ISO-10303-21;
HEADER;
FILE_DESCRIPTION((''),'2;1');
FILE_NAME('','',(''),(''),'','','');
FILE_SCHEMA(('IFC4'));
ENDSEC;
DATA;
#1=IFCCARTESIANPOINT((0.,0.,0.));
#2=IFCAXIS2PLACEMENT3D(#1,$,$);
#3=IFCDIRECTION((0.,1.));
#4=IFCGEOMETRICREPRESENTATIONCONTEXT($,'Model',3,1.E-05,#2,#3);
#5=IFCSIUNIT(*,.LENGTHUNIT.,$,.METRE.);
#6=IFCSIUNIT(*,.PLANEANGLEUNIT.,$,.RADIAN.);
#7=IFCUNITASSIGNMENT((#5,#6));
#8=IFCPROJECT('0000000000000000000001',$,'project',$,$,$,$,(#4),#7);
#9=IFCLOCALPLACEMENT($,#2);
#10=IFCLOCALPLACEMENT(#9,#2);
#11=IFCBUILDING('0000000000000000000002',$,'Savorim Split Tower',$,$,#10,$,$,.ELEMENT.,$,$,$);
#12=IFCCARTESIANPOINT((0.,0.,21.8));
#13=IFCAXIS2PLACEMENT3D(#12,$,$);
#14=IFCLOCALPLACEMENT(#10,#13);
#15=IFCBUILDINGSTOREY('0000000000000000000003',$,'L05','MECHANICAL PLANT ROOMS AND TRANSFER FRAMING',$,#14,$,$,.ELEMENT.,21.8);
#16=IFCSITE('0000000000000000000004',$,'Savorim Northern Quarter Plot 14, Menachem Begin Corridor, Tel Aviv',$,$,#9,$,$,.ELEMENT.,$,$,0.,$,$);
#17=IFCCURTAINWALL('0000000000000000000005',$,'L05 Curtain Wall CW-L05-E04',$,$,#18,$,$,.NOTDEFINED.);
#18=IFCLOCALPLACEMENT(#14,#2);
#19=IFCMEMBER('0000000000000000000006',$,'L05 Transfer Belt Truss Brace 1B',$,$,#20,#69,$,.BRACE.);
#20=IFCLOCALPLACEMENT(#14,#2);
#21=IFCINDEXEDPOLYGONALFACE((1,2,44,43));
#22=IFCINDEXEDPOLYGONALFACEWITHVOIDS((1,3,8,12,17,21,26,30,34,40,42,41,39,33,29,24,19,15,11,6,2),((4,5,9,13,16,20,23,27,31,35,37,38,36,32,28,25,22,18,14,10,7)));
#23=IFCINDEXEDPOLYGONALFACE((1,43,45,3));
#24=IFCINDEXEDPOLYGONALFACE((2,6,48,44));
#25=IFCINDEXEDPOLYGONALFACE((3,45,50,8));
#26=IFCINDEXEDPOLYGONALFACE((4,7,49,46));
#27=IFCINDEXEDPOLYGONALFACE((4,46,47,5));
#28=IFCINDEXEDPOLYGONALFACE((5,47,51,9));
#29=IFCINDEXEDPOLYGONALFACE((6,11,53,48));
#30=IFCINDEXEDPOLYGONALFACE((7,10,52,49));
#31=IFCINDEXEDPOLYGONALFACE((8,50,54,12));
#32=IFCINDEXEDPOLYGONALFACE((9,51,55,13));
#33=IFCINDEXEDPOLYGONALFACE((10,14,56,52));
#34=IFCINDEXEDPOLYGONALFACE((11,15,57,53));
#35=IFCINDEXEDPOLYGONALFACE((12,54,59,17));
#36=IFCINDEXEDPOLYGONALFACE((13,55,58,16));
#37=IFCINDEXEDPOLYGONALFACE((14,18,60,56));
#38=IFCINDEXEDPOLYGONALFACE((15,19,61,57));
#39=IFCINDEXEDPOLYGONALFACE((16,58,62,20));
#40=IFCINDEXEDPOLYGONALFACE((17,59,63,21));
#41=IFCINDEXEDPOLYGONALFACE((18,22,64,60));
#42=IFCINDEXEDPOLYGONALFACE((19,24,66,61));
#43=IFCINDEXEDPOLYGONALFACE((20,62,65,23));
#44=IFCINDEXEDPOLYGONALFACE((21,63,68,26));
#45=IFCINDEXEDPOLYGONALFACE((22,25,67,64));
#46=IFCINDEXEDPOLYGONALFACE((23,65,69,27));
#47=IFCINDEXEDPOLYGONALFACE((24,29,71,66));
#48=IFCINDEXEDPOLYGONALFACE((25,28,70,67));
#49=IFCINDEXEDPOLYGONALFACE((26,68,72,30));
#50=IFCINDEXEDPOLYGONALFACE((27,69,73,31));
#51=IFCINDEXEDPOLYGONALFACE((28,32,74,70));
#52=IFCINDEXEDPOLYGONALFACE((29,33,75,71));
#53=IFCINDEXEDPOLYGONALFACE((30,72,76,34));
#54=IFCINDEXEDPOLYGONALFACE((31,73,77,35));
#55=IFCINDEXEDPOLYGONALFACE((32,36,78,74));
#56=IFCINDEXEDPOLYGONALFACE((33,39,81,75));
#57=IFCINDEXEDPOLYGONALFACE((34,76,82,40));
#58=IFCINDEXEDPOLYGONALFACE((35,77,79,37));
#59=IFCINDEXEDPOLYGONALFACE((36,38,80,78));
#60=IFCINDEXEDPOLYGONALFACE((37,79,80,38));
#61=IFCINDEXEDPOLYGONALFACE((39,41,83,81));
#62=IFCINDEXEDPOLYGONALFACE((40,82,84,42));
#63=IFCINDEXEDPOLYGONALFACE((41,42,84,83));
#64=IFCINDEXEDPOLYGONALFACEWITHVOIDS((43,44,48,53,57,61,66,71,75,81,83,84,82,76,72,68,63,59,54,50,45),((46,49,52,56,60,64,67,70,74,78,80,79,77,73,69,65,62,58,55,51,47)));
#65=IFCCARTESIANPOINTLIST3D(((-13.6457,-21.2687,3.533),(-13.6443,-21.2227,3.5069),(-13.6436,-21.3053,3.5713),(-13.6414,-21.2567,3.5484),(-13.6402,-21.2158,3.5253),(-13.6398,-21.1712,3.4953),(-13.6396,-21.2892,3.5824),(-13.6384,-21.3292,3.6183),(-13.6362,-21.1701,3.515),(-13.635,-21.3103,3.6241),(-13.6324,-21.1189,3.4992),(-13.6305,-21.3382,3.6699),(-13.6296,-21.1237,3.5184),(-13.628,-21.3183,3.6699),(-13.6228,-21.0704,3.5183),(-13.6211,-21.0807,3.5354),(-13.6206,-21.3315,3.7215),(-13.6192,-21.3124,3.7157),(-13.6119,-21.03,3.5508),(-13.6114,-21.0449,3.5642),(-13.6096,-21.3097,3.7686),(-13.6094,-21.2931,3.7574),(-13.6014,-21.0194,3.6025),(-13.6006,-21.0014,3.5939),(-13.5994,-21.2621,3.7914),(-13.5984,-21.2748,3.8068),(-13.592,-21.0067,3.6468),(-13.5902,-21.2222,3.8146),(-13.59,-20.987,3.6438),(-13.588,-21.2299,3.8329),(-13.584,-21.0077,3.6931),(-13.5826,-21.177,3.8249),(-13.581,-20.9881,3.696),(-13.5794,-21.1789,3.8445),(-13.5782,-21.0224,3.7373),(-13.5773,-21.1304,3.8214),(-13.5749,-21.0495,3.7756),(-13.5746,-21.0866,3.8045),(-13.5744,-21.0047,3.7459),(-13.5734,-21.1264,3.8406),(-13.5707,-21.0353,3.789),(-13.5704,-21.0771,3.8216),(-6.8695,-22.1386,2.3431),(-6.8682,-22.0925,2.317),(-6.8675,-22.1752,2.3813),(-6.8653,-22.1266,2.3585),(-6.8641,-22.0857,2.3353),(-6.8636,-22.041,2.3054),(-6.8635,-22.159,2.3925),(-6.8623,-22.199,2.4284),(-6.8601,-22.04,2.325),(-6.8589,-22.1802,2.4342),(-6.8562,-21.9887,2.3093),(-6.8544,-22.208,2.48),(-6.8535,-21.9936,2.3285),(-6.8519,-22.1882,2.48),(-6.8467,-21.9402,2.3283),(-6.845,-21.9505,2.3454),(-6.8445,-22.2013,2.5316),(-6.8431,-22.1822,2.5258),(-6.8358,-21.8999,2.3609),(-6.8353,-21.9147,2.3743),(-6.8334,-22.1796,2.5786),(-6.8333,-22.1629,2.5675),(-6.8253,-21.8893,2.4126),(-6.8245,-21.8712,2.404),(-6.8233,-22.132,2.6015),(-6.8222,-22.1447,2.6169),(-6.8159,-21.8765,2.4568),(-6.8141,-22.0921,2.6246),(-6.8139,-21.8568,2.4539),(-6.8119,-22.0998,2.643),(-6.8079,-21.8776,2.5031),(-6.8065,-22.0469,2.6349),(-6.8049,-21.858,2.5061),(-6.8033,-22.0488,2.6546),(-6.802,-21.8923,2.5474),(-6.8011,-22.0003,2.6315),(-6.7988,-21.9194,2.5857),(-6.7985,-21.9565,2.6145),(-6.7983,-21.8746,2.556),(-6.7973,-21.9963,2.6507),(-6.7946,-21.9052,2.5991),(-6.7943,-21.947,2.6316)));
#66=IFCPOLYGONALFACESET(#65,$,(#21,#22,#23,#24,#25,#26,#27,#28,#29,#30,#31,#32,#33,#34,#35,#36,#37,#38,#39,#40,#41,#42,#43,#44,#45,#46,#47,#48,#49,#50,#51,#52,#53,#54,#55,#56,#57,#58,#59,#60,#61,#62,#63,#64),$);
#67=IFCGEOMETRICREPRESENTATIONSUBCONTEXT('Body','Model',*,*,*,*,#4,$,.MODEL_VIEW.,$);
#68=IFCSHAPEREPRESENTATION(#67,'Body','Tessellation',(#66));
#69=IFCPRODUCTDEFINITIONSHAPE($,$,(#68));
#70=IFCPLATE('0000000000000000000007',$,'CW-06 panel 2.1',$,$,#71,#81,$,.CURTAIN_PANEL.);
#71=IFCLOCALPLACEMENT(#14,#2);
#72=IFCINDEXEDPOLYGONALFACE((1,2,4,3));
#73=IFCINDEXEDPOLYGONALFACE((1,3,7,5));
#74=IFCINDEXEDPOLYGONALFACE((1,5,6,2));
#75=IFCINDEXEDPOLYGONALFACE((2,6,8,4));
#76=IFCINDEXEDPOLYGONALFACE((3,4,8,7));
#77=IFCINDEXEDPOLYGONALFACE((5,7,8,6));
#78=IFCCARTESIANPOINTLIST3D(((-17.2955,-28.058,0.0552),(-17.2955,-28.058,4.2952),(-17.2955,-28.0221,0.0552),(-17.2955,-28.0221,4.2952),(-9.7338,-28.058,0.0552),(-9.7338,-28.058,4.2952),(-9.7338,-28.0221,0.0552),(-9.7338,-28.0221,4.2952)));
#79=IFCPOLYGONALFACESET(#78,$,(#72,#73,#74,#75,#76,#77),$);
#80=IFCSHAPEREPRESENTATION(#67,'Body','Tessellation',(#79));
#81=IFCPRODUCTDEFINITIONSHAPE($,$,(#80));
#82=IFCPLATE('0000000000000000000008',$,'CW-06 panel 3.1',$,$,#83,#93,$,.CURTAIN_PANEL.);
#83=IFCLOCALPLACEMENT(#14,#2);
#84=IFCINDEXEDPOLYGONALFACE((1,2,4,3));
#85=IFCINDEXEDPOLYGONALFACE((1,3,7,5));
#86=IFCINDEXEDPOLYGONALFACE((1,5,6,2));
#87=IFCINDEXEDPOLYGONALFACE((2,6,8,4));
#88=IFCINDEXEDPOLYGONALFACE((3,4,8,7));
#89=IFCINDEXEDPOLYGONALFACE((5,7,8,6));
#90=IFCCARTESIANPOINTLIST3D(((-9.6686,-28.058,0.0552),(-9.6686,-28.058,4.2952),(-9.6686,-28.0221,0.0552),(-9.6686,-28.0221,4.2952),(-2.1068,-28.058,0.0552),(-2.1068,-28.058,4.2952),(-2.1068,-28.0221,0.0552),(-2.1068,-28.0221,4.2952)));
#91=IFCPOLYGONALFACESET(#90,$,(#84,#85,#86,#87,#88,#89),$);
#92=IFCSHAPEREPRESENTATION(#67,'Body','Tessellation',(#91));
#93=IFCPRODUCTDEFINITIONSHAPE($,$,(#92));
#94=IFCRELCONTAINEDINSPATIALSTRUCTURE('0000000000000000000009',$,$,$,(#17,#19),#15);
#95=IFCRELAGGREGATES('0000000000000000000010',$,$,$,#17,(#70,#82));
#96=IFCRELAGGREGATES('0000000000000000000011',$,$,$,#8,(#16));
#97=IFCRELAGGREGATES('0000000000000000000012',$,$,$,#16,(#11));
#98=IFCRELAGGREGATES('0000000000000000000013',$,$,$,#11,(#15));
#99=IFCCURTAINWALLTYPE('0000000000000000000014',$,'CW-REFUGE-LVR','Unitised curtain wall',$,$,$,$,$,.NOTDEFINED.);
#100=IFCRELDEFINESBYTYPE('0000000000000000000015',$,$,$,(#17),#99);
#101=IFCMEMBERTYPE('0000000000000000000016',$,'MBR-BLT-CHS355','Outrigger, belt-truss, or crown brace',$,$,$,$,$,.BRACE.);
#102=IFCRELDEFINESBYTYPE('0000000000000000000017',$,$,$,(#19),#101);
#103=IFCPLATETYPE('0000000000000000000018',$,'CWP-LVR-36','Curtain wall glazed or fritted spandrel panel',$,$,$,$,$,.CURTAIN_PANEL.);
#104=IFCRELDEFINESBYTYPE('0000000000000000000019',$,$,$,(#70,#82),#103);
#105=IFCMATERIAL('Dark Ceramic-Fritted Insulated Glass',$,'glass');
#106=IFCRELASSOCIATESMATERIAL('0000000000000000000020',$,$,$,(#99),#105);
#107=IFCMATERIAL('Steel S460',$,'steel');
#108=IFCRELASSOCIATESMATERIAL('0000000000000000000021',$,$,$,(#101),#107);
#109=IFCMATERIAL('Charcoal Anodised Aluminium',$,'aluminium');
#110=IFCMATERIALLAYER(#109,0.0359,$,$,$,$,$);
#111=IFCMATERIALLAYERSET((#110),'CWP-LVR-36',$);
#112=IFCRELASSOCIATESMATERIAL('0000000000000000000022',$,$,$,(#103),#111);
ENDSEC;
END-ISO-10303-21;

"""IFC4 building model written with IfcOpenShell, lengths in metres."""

from ifc_helpers import new_model, si_unit, direction, frame, origin, origin_2d, place, context, subcontext, project, spatial, rectangle, hollow_circle, extrude, material, layer, layer_set, material_profile, profile_set, type_object, element, aggregate, save


model = new_model("IFC4")

# Units and contexts
model_context = context("Model", 3, precision=1e-05, world=origin(), true_north=direction((0.0, 1.0)))
body_context = subcontext(model_context, "Body", "Model", "MODEL_VIEW")
ifc_project = project(units=[si_unit("LENGTHUNIT", "METRE"), si_unit("PLANEANGLEUNIT", "RADIAN")], contexts=[model_context])

# Site, building, storey
site_placement = place(None, origin())
site = spatial("IfcSite", under=ifc_project, at=site_placement, Name="Savorim Northern Quarter Plot 14, Menachem Begin Corridor, Tel Aviv", CompositionType="ELEMENT", RefElevation=0.0)
building_placement = place(site_placement, origin())
building = spatial("IfcBuilding", under=site, at=building_placement, Name="Savorim Split Tower", CompositionType="ELEMENT")
storey_placement = place(building_placement, frame((0.0, 0.0, 21.8)))
storey = spatial("IfcBuildingStorey", under=building, at=storey_placement, Name="L05", Description="MECHANICAL PLANT ROOMS AND TRANSFER FRAMING", CompositionType="ELEMENT", Elevation=21.8)

# Curtain wall
ifc_material_1 = material(Name="Dark Ceramic-Fritted Insulated Glass", Category="glass")
curtain_wall_type = type_object("IfcCurtainWallType", Name="CW-REFUGE-LVR", Description="Unitised curtain wall", PredefinedType="NOTDEFINED", material=ifc_material_1)
curtain_wall_placement = place(storey_placement, origin())
curtain_wall = element("IfcCurtainWall", 1, at=curtain_wall_placement, inside=storey, type_object=curtain_wall_type, Name="L05 Curtain Wall CW-L05-E04", PredefinedType="NOTDEFINED")
ifc_material_2 = material(Name="Charcoal Anodised Aluminium", Category="aluminium")

# Member
ifc_material_3 = material(Name="Steel S460", Category="steel")
ifc_material_profile_1 = material_profile(ifc_material_3, hollow_circle(Radius=0.1777, WallThickness=0.02, at=origin_2d()), Name="CHS 355.6x20")
ifc_profile_set_1 = profile_set([ifc_material_profile_1], Name="Steel S460")
member_type_1 = type_object("IfcMemberType", Name="MBR-BLT-CHS355", Description="Outrigger, belt-truss, or crown brace", PredefinedType="BRACE", material=ifc_profile_set_1)
member_1_placement = place(storey_placement, frame((-6.8318, -22.0317, 2.48), z_axis=(-0.977149, 0.12544, 0.171595), x_axis=(-0.127328, -0.991861, 0.0)))
element("IfcMember", 2, at=member_1_placement, inside=storey, type_object=member_type_1, Name="L05 Transfer Belt Truss Brace 1B", PredefinedType="BRACE", context=body_context, shape_type="SweptSolid", body=[
    extrude(hollow_circle(Radius=0.1777, WallThickness=0.02, at=origin_2d()), origin(), (0.0, 0.0, 1.0), 6.9346),
])

# Plates
ifc_layer = layer(ifc_material_2, 0.0359)
ifc_layer_set = layer_set([ifc_layer], Name="CWP-LVR-36")
plate_type = type_object("IfcPlateType", Name="CWP-LVR-36", Description="Curtain wall glazed or fritted spandrel panel", PredefinedType="CURTAIN_PANEL", material=ifc_layer_set)
plate_1_placement = place(storey_placement, frame((-13.5146, -28.04, 0.0552), z_axis=(0.0, 0.0, 1.0), x_axis=(1.0, 0.0, 0.0)))
plate_1 = element("IfcPlate", 3, at=plate_1_placement, type_object=plate_type, Name="CW-06 panel 2.1", PredefinedType="CURTAIN_PANEL", context=body_context, shape_type="SweptSolid", body=[
    extrude(rectangle(XDim=7.5618, YDim=0.0359, at=origin_2d()), origin(), (0.0, 0.0, 1.0), 4.24),
])
plate_2_placement = place(storey_placement, frame((-5.8877, -28.04, 0.0552), z_axis=(0.0, 0.0, 1.0), x_axis=(1.0, 0.0, 0.0)))
plate_2 = element("IfcPlate", 4, at=plate_2_placement, type_object=plate_type, Name="CW-06 panel 3.1", PredefinedType="CURTAIN_PANEL", context=body_context, shape_type="SweptSolid", body=[
    extrude(rectangle(XDim=7.5618, YDim=0.0359, at=origin_2d()), origin(), (0.0, 0.0, 1.0), 4.24),
])
aggregate(curtain_wall, [plate_1, plate_2])

save(model, "model.ifc")
